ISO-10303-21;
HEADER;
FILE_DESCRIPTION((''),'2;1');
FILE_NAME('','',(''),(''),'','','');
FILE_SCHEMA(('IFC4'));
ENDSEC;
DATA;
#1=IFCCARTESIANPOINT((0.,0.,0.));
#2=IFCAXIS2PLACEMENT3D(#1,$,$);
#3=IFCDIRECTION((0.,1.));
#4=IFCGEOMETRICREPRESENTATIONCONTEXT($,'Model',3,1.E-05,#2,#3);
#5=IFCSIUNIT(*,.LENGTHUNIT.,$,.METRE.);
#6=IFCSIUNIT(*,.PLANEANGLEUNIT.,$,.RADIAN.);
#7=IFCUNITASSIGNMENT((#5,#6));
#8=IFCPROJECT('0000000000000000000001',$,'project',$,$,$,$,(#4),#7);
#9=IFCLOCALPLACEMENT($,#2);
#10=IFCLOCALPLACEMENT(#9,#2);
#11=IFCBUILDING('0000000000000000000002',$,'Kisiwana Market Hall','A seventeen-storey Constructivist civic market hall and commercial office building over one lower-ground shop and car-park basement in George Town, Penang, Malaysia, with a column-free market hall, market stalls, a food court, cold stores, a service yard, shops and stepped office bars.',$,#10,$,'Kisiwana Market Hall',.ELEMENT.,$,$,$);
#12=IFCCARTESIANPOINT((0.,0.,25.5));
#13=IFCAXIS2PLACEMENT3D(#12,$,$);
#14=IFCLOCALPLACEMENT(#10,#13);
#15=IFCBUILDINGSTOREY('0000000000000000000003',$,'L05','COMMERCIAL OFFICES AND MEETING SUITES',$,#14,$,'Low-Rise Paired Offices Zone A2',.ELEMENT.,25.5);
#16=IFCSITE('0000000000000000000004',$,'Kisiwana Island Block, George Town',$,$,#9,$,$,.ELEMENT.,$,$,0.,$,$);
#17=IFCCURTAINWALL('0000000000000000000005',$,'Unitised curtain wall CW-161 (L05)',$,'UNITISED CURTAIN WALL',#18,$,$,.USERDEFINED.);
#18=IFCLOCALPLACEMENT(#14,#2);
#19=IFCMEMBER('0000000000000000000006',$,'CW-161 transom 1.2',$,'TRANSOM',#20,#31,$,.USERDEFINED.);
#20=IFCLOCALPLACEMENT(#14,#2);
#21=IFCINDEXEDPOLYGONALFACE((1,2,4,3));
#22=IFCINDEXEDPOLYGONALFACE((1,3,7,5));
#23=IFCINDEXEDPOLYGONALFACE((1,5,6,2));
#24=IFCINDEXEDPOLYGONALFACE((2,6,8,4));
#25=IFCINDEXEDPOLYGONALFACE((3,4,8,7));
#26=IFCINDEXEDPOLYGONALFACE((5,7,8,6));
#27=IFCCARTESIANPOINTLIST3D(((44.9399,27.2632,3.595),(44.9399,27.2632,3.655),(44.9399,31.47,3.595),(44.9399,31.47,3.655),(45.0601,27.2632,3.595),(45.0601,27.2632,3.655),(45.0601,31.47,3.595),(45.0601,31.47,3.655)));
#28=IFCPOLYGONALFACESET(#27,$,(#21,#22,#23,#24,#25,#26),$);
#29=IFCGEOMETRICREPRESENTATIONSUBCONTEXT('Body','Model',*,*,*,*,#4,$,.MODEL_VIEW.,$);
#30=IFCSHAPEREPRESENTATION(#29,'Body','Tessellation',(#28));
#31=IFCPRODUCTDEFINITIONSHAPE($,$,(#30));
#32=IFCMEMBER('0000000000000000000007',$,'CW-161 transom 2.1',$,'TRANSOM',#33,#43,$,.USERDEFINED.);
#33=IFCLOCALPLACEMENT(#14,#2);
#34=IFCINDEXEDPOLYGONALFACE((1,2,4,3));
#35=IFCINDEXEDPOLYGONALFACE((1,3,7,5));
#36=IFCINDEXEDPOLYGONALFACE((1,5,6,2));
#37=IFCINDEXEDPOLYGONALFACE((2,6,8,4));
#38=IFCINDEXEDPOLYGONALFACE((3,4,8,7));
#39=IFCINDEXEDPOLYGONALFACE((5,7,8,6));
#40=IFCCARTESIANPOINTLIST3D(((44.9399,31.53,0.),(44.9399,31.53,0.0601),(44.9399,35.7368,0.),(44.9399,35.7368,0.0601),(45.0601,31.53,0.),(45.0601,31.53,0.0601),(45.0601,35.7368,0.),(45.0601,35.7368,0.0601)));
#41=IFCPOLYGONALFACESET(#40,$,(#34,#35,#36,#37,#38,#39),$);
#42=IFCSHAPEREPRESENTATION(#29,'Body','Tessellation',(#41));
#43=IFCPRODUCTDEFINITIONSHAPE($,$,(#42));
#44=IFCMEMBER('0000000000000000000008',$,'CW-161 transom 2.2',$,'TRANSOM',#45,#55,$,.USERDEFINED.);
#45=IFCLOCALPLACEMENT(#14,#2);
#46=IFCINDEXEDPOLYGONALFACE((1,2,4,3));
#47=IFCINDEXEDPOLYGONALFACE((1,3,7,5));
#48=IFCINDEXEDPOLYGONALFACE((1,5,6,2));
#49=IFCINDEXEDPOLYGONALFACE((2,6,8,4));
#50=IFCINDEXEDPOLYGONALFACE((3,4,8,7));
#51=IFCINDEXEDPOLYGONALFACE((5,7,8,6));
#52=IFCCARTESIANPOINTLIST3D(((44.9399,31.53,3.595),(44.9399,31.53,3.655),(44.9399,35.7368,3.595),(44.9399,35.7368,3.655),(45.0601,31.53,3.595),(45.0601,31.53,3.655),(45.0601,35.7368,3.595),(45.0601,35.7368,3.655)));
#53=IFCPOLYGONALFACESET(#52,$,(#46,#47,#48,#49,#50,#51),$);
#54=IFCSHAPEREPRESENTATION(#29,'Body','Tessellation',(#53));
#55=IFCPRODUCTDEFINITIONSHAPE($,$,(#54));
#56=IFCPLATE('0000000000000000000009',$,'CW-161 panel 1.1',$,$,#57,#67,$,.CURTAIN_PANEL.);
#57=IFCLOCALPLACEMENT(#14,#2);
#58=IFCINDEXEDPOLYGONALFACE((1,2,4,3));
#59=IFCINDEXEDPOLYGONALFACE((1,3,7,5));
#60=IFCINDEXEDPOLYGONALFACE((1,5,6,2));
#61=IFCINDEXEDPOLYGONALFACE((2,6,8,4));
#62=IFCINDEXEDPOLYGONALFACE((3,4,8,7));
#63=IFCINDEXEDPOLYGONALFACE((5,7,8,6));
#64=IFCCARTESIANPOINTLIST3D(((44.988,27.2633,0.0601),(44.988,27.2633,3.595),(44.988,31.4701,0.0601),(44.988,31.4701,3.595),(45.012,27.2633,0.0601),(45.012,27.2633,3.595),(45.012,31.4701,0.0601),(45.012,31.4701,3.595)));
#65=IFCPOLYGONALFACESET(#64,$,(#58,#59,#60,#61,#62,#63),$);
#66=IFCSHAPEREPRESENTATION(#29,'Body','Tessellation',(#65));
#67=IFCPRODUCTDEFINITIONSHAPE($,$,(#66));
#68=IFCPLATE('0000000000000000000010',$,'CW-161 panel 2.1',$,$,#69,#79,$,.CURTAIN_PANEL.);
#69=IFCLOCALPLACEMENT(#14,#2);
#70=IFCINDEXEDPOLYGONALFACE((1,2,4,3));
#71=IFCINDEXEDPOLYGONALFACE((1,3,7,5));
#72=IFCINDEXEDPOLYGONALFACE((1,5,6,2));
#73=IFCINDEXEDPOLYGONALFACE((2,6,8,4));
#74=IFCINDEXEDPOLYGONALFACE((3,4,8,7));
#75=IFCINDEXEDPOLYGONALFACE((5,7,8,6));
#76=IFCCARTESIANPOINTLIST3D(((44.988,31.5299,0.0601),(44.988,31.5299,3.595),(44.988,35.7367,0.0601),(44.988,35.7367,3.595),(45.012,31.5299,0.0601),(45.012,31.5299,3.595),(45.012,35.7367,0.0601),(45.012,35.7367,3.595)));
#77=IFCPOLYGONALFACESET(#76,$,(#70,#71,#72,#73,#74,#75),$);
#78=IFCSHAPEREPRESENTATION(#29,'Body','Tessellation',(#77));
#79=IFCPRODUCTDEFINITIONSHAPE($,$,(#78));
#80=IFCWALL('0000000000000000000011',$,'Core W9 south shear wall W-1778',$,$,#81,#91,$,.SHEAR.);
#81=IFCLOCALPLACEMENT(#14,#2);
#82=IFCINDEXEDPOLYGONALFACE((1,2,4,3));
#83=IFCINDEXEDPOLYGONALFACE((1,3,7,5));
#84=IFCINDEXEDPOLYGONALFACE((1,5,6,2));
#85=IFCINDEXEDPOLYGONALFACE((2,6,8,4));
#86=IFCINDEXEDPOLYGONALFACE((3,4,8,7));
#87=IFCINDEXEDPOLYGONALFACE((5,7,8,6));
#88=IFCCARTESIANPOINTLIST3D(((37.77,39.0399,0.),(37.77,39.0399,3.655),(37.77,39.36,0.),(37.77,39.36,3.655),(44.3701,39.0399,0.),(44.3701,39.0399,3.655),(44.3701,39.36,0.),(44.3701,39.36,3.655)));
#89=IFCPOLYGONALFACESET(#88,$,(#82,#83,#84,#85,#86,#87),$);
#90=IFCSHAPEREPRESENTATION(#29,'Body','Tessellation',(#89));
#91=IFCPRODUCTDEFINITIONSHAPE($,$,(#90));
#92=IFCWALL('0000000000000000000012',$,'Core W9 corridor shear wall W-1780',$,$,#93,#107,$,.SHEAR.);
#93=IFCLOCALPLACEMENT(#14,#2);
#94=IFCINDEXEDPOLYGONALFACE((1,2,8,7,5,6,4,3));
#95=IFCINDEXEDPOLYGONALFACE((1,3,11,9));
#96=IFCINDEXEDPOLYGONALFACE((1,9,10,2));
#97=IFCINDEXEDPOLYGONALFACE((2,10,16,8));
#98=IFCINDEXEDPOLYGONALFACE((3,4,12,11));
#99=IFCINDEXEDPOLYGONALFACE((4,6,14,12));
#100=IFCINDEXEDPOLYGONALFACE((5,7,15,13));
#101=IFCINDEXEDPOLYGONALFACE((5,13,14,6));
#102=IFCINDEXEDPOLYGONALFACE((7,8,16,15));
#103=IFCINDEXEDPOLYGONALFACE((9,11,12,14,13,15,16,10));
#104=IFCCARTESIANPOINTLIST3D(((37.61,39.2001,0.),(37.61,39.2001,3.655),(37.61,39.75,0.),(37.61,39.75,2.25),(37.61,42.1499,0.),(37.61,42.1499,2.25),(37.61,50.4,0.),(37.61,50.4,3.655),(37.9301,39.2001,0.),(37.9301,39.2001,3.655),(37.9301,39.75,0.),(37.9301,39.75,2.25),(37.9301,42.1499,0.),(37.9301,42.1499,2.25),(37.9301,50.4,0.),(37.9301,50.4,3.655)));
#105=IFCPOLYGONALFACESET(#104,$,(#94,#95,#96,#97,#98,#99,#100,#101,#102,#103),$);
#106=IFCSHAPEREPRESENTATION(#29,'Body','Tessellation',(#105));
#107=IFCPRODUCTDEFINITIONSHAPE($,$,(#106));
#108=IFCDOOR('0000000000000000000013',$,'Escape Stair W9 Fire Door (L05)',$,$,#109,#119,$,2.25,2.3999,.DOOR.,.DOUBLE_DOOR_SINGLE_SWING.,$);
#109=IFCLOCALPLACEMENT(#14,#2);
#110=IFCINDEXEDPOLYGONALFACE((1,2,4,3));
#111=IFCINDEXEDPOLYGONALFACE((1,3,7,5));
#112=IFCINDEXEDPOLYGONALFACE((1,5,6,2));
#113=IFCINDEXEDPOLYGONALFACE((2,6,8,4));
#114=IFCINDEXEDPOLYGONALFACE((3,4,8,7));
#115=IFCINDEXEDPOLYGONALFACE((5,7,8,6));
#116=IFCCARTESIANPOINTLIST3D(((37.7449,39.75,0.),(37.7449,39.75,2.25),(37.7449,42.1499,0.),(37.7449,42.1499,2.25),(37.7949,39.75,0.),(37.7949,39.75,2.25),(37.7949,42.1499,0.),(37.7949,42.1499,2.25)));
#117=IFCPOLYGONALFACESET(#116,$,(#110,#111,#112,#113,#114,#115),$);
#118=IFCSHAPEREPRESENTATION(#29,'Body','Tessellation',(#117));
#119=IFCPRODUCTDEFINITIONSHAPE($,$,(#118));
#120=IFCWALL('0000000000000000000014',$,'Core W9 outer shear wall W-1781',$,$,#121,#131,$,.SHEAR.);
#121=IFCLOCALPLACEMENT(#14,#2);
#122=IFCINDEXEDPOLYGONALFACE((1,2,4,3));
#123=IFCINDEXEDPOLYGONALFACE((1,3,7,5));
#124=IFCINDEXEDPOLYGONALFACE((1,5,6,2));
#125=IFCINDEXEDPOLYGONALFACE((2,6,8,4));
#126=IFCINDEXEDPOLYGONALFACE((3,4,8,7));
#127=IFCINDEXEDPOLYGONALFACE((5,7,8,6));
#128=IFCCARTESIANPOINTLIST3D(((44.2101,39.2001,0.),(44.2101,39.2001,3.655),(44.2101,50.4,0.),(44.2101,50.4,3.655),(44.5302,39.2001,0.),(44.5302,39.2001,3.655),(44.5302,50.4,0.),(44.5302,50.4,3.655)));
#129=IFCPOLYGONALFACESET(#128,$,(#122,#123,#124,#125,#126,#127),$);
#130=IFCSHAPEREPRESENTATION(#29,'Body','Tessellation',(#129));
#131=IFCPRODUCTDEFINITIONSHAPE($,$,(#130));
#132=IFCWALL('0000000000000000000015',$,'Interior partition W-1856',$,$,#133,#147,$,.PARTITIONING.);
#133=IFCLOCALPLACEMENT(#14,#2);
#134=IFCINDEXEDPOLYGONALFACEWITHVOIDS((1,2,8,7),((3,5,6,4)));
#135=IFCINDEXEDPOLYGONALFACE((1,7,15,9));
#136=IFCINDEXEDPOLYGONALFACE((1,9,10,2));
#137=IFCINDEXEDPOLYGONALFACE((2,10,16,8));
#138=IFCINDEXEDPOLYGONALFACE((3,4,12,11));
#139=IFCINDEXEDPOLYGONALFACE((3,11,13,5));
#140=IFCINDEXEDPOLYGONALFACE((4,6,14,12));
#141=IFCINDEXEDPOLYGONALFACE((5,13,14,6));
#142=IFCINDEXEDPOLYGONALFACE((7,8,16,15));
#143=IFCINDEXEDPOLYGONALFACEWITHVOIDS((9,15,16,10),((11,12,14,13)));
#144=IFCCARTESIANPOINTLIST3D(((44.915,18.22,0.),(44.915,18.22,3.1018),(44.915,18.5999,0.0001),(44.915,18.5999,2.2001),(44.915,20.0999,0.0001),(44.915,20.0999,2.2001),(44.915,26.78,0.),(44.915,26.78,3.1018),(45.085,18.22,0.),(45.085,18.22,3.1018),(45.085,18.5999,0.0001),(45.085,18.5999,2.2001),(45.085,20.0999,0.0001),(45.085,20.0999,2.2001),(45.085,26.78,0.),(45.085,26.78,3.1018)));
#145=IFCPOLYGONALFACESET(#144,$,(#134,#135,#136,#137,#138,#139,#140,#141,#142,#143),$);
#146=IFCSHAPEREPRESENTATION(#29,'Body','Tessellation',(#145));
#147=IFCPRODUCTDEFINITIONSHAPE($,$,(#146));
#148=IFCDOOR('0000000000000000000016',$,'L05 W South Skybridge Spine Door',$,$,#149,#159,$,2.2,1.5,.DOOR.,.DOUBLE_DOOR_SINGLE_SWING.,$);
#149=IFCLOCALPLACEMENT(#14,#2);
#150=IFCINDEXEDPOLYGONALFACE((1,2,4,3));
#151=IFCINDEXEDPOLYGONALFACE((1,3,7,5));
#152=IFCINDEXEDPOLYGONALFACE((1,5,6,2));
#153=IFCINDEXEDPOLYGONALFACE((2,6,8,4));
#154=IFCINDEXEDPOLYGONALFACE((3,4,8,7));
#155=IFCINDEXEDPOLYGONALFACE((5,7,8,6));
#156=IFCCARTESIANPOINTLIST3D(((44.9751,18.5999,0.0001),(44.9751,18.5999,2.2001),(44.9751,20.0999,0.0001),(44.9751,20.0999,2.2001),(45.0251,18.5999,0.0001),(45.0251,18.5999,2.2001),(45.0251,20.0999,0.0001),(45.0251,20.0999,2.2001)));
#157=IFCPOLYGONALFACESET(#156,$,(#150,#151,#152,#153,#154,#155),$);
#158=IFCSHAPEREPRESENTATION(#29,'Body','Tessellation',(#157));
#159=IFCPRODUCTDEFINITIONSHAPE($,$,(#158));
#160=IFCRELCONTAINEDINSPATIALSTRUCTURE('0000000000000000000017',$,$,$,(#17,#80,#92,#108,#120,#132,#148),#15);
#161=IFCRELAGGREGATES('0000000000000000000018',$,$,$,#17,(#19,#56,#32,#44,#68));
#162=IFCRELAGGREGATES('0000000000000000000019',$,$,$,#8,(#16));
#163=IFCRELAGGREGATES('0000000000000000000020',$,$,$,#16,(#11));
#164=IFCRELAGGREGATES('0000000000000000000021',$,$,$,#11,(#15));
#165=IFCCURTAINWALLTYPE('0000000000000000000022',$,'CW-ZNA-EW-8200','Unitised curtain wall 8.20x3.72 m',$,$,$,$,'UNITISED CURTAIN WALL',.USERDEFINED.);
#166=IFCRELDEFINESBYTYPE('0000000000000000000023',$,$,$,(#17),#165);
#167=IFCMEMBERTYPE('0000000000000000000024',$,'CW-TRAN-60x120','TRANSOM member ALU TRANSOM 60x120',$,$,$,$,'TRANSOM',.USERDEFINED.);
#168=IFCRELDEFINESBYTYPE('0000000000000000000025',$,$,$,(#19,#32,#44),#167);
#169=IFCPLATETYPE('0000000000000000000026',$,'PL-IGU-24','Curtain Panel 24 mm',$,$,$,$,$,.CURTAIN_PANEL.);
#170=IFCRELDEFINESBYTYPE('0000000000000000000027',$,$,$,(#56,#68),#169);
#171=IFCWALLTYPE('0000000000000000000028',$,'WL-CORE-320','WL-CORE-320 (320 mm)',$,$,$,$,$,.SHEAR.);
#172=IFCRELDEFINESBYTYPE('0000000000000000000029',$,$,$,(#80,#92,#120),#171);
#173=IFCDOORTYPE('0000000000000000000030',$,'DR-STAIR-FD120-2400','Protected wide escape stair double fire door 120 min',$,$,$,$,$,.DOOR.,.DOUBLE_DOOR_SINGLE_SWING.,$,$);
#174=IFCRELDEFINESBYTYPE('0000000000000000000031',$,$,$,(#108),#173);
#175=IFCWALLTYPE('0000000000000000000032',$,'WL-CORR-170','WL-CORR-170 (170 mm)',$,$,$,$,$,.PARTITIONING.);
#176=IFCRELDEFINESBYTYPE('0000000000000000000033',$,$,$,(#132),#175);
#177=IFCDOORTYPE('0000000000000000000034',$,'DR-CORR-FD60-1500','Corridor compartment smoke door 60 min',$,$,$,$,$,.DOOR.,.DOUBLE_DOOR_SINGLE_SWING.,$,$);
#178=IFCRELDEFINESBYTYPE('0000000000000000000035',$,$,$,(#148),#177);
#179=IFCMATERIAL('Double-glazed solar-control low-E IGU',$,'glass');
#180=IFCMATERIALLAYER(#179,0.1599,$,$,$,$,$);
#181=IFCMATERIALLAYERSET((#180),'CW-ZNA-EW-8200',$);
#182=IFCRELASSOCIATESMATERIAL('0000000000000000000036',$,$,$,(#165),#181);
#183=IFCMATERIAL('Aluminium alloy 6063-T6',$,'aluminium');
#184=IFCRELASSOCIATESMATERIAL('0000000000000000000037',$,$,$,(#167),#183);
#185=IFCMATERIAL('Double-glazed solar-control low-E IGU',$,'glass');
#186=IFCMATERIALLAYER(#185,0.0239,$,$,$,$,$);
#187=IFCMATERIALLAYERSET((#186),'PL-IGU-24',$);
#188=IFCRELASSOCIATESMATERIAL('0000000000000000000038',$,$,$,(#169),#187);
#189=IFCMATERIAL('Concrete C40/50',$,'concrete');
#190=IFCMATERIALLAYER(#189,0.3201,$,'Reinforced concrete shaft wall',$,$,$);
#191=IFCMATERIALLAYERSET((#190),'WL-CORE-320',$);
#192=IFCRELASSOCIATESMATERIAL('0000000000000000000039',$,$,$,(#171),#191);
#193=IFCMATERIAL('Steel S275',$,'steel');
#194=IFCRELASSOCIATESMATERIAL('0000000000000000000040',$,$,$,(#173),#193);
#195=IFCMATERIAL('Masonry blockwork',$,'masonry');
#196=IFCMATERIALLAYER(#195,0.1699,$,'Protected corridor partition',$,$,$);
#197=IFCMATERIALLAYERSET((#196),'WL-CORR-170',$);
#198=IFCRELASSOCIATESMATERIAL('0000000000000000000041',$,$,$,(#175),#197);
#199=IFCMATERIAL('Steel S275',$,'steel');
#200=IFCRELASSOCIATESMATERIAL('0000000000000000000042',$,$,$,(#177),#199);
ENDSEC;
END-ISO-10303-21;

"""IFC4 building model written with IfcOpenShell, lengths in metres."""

from ifc_helpers import new_model, si_unit, direction, frame, frame_2d, origin, origin_2d, place, context, subcontext, project, spatial, rectangle, extrude, material, layer, layer_set, material_profile, profile_set, type_object, element, fill, aggregate, save


model = new_model("IFC4")

# Units and contexts
model_context = context("Model", 3, precision=1e-05, world=origin(), true_north=direction((0.0, 1.0)))
body_context = subcontext(model_context, "Body", "Model", "MODEL_VIEW")
ifc_project = project(units=[si_unit("LENGTHUNIT", "METRE"), si_unit("PLANEANGLEUNIT", "RADIAN")], contexts=[model_context])

# Site, building, storey
site_placement = place(None, origin())
site = spatial("IfcSite", under=ifc_project, at=site_placement, Name="Kisiwana Island Block, George Town", CompositionType="ELEMENT", RefElevation=0.0)
building_placement = place(site_placement, origin())
building = spatial("IfcBuilding", under=site, at=building_placement, Name="Kisiwana Market Hall", Description="A seventeen-storey Constructivist civic market hall and commercial office building over one lower-ground shop and car-park basement in George Town, Penang, Malaysia, with a column-free market hall, market stalls, a food court, cold stores, a service yard, shops and stepped office bars.", LongName="Kisiwana Market Hall", CompositionType="ELEMENT")
storey_placement = place(building_placement, frame((0.0, 0.0, 25.5)))
storey = spatial("IfcBuildingStorey", under=building, at=storey_placement, Name="L05", Description="COMMERCIAL OFFICES AND MEETING SUITES", LongName="Low-Rise Paired Offices Zone A2", CompositionType="ELEMENT", Elevation=25.5)

# Curtain wall, members, plates
ifc_material_1 = material(Name="Double-glazed solar-control low-E IGU", Category="glass")
ifc_layer_1 = layer(ifc_material_1, 0.1599)
ifc_layer_set_1 = layer_set([ifc_layer_1], Name="CW-ZNA-EW-8200")
curtain_wall_type = type_object("IfcCurtainWallType", Name="CW-ZNA-EW-8200", Description="Unitised curtain wall 8.20x3.72 m", ElementType="UNITISED CURTAIN WALL", PredefinedType="USERDEFINED", material=ifc_layer_set_1)
curtain_wall_placement = place(storey_placement, origin())
curtain_wall = element("IfcCurtainWall", 1, at=curtain_wall_placement, inside=storey, type_object=curtain_wall_type, Name="Unitised curtain wall CW-161 (L05)", ObjectType="UNITISED CURTAIN WALL", PredefinedType="USERDEFINED")
ifc_material_2 = material(Name="Aluminium alloy 6063-T6", Category="aluminium")
ifc_material_profile_1 = material_profile(ifc_material_2, rectangle(XDim=0.1201, YDim=0.0601, at=origin_2d()), Name="ALU TRANSOM 60x120")
ifc_profile_set_1 = profile_set([ifc_material_profile_1], Name="Aluminium alloy 6063-T6")
member_type_1 = type_object("IfcMemberType", Name="CW-TRAN-60x120", Description="TRANSOM member ALU TRANSOM 60x120", ElementType="TRANSOM", PredefinedType="USERDEFINED", material=ifc_profile_set_1)
member_1_placement = place(storey_placement, frame((45.0, 27.2632, 3.625), z_axis=(0.0, 1.0, 0.0), x_axis=(-1.0, 0.0, 0.0)))
member_1 = element("IfcMember", 2, at=member_1_placement, type_object=member_type_1, Name="CW-161 transom 1.2", ObjectType="TRANSOM", PredefinedType="USERDEFINED", context=body_context, shape_type="SweptSolid", body=[
    extrude(rectangle(XDim=0.1201, YDim=0.0601, at=origin_2d()), origin(), (0.0, 0.0, 1.0), 4.2068),
])
member_2_placement = place(storey_placement, frame((45.0, 31.53, 0.03), z_axis=(0.0, 1.0, 0.0), x_axis=(-1.0, 0.0, 0.0)))
member_2 = element("IfcMember", 3, at=member_2_placement, type_object=member_type_1, Name="CW-161 transom 2.1", ObjectType="TRANSOM", PredefinedType="USERDEFINED", context=body_context, shape_type="SweptSolid", body=[
    extrude(rectangle(XDim=0.1201, YDim=0.0601, at=origin_2d()), origin(), (0.0, 0.0, 1.0), 4.2068),
])
member_3_placement = place(storey_placement, frame((45.0, 31.53, 3.625), z_axis=(0.0, 1.0, 0.0), x_axis=(-1.0, 0.0, 0.0)))
member_3 = element("IfcMember", 4, at=member_3_placement, type_object=member_type_1, Name="CW-161 transom 2.2", ObjectType="TRANSOM", PredefinedType="USERDEFINED", context=body_context, shape_type="SweptSolid", body=[
    extrude(rectangle(XDim=0.1201, YDim=0.0601, at=origin_2d()), origin(), (0.0, 0.0, 1.0), 4.2068),
])
ifc_material_3 = material(Name="Double-glazed solar-control low-E IGU", Category="glass")
ifc_layer_2 = layer(ifc_material_3, 0.0239)
ifc_layer_set_2 = layer_set([ifc_layer_2], Name="PL-IGU-24")
plate_type = type_object("IfcPlateType", Name="PL-IGU-24", Description="Curtain Panel 24 mm", PredefinedType="CURTAIN_PANEL", material=ifc_layer_set_2)
plate_1_placement = place(storey_placement, frame((45.0, 29.3667, 0.0601), z_axis=(0.0, 0.0, 1.0), x_axis=(0.0, 1.0, 0.0)))
plate_1 = element("IfcPlate", 5, at=plate_1_placement, type_object=plate_type, Name="CW-161 panel 1.1", PredefinedType="CURTAIN_PANEL", context=body_context, shape_type="SweptSolid", body=[
    extrude(rectangle(XDim=4.2068, YDim=0.0239, at=origin_2d()), origin(), (0.0, 0.0, 1.0), 3.5349),
])
plate_2_placement = place(storey_placement, frame((45.0, 33.6333, 0.0601), z_axis=(0.0, 0.0, 1.0), x_axis=(0.0, 1.0, 0.0)))
plate_2 = element("IfcPlate", 6, at=plate_2_placement, type_object=plate_type, Name="CW-161 panel 2.1", PredefinedType="CURTAIN_PANEL", context=body_context, shape_type="SweptSolid", body=[
    extrude(rectangle(XDim=4.2068, YDim=0.0239, at=origin_2d()), origin(), (0.0, 0.0, 1.0), 3.5349),
])
aggregate(curtain_wall, [member_1, plate_1, member_2, member_3, plate_2])

# Wall
ifc_material_4 = material(Name="Concrete C40/50", Category="concrete")
ifc_layer_3 = layer(ifc_material_4, 0.3201, Name="Reinforced concrete shaft wall")
ifc_layer_set_3 = layer_set([ifc_layer_3], Name="WL-CORE-320")
wall_type_1 = type_object("IfcWallType", Name="WL-CORE-320", Description="WL-CORE-320 (320 mm)", PredefinedType="SHEAR", material=ifc_layer_set_3)
wall_1_placement = place(storey_placement, frame((37.77, 39.2, 0.0), z_axis=(0.0, 0.0, 1.0), x_axis=(1.0, 0.0, 0.0)))
element("IfcWall", 7, at=wall_1_placement, inside=storey, type_object=wall_type_1, Name="Core W9 south shear wall W-1778", PredefinedType="SHEAR", context=body_context, shape_type="SweptSolid", body=[
    extrude(rectangle(XDim=6.6001, YDim=0.3201, at=frame_2d((3.3, 0.0))), origin(), (0.0, 0.0, 1.0), 3.655),
])

# Wall, opening, door
wall_2_placement = place(storey_placement, frame((37.77, 39.2, 0.0), z_axis=(0.0, 0.0, 1.0), x_axis=(0.0, 1.0, 0.0)))
wall_2 = element("IfcWall", 8, at=wall_2_placement, inside=storey, type_object=wall_type_1, Name="Core W9 corridor shear wall W-1780", PredefinedType="SHEAR", context=body_context, shape_type="SweptSolid", body=[
    extrude(rectangle(XDim=11.2, YDim=0.3201, at=frame_2d((5.6001, 0.0))), origin(), (0.0, 0.0, 1.0), 3.655),
])
opening_1_placement = place(wall_2_placement, frame((0.55, 0.0, 0.0)))
opening_1 = element("IfcOpeningElement", 9, at=opening_1_placement, cuts=wall_2, PredefinedType="OPENING", context=body_context, shape_type="SweptSolid", body=[
    extrude(rectangle(XDim=2.3999, YDim=2.25, at=frame_2d((1.2, 1.125))), frame((0.0, 0.1719, 0.0), z_axis=(0.0, -1.0, 0.0), x_axis=(1.0, 0.0, 0.0)), (0.0, 0.0, 1.0), 0.344),
])
ifc_material_5 = material(Name="Steel S275", Category="steel")
door_type_1 = type_object("IfcDoorType", Name="DR-STAIR-FD120-2400", Description="Protected wide escape stair double fire door 120 min", OperationType="DOUBLE_DOOR_SINGLE_SWING", PredefinedType="DOOR", material=ifc_material_5)
door_1_placement = place(opening_1_placement, frame((2.3999, 0.0, 0.0), z_axis=(0.0, 0.0, 1.0), x_axis=(-1.0, 0.0, 0.0)))
door_1 = element("IfcDoor", 10, at=door_1_placement, inside=storey, type_object=door_type_1, Name="Escape Stair W9 Fire Door (L05)", OperationType="DOUBLE_DOOR_SINGLE_SWING", OverallHeight=2.25, OverallWidth=2.3999, PredefinedType="DOOR", context=body_context, shape_type="SweptSolid", body=[
    extrude(rectangle(XDim=2.3999, YDim=2.25, at=frame_2d((1.2, 1.125))), frame((0.0, 0.0249, 0.0), z_axis=(0.0, -1.0, 0.0), x_axis=(1.0, 0.0, 0.0)), (0.0, 0.0, 1.0), 0.05),
])
fill(opening_1, door_1)

# Wall
wall_3_placement = place(storey_placement, frame((44.3701, 39.2, 0.0), z_axis=(0.0, 0.0, 1.0), x_axis=(0.0, 1.0, 0.0)))
element("IfcWall", 11, at=wall_3_placement, inside=storey, type_object=wall_type_1, Name="Core W9 outer shear wall W-1781", PredefinedType="SHEAR", context=body_context, shape_type="SweptSolid", body=[
    extrude(rectangle(XDim=11.2, YDim=0.3201, at=frame_2d((5.6001, 0.0))), origin(), (0.0, 0.0, 1.0), 3.655),
])

# Wall, opening, door
ifc_material_6 = material(Name="Masonry blockwork", Category="masonry")
ifc_layer_4 = layer(ifc_material_6, 0.1699, Name="Protected corridor partition")
ifc_layer_set_4 = layer_set([ifc_layer_4], Name="WL-CORR-170")
wall_type_2 = type_object("IfcWallType", Name="WL-CORR-170", Description="WL-CORR-170 (170 mm)", PredefinedType="PARTITIONING", material=ifc_layer_set_4)
wall_4_placement = place(storey_placement, frame((45.0, 18.22, 0.0), z_axis=(0.0, 0.0, 1.0), x_axis=(0.0, 1.0, 0.0)))
wall_4 = element("IfcWall", 12, at=wall_4_placement, inside=storey, type_object=wall_type_2, Name="Interior partition W-1856", PredefinedType="PARTITIONING", context=body_context, shape_type="SweptSolid", body=[
    extrude(rectangle(XDim=8.5601, YDim=0.1699, at=frame_2d((4.28, 0.0))), origin(), (0.0, 0.0, 1.0), 3.1018),
])
opening_2_placement = place(wall_4_placement, frame((0.3799, 0.0, 0.0)))
opening_2 = element("IfcOpeningElement", 13, at=opening_2_placement, cuts=wall_4, PredefinedType="OPENING", context=body_context, shape_type="SweptSolid", body=[
    extrude(rectangle(XDim=1.5, YDim=2.2, at=frame_2d((0.75, 1.1001))), frame((0.0, 0.0969, 0.0), z_axis=(0.0, -1.0, 0.0), x_axis=(1.0, 0.0, 0.0)), (0.0, 0.0, 1.0), 0.1938),
])
ifc_material_7 = material(Name="Steel S275", Category="steel")
door_type_2 = type_object("IfcDoorType", Name="DR-CORR-FD60-1500", Description="Corridor compartment smoke door 60 min", OperationType="DOUBLE_DOOR_SINGLE_SWING", PredefinedType="DOOR", material=ifc_material_7)
door_2_placement = place(opening_2_placement, origin())
door_2 = element("IfcDoor", 14, at=door_2_placement, inside=storey, type_object=door_type_2, Name="L05 W South Skybridge Spine Door", OperationType="DOUBLE_DOOR_SINGLE_SWING", OverallHeight=2.2, OverallWidth=1.5, PredefinedType="DOOR", context=body_context, shape_type="SweptSolid", body=[
    extrude(rectangle(XDim=1.5, YDim=2.2, at=frame_2d((0.75, 1.1001))), frame((0.0, 0.0249, 0.0), z_axis=(0.0, -1.0, 0.0), x_axis=(1.0, 0.0, 0.0)), (0.0, 0.0, 1.0), 0.05),
])
fill(opening_2, door_2)

save(model, "model.ifc")
